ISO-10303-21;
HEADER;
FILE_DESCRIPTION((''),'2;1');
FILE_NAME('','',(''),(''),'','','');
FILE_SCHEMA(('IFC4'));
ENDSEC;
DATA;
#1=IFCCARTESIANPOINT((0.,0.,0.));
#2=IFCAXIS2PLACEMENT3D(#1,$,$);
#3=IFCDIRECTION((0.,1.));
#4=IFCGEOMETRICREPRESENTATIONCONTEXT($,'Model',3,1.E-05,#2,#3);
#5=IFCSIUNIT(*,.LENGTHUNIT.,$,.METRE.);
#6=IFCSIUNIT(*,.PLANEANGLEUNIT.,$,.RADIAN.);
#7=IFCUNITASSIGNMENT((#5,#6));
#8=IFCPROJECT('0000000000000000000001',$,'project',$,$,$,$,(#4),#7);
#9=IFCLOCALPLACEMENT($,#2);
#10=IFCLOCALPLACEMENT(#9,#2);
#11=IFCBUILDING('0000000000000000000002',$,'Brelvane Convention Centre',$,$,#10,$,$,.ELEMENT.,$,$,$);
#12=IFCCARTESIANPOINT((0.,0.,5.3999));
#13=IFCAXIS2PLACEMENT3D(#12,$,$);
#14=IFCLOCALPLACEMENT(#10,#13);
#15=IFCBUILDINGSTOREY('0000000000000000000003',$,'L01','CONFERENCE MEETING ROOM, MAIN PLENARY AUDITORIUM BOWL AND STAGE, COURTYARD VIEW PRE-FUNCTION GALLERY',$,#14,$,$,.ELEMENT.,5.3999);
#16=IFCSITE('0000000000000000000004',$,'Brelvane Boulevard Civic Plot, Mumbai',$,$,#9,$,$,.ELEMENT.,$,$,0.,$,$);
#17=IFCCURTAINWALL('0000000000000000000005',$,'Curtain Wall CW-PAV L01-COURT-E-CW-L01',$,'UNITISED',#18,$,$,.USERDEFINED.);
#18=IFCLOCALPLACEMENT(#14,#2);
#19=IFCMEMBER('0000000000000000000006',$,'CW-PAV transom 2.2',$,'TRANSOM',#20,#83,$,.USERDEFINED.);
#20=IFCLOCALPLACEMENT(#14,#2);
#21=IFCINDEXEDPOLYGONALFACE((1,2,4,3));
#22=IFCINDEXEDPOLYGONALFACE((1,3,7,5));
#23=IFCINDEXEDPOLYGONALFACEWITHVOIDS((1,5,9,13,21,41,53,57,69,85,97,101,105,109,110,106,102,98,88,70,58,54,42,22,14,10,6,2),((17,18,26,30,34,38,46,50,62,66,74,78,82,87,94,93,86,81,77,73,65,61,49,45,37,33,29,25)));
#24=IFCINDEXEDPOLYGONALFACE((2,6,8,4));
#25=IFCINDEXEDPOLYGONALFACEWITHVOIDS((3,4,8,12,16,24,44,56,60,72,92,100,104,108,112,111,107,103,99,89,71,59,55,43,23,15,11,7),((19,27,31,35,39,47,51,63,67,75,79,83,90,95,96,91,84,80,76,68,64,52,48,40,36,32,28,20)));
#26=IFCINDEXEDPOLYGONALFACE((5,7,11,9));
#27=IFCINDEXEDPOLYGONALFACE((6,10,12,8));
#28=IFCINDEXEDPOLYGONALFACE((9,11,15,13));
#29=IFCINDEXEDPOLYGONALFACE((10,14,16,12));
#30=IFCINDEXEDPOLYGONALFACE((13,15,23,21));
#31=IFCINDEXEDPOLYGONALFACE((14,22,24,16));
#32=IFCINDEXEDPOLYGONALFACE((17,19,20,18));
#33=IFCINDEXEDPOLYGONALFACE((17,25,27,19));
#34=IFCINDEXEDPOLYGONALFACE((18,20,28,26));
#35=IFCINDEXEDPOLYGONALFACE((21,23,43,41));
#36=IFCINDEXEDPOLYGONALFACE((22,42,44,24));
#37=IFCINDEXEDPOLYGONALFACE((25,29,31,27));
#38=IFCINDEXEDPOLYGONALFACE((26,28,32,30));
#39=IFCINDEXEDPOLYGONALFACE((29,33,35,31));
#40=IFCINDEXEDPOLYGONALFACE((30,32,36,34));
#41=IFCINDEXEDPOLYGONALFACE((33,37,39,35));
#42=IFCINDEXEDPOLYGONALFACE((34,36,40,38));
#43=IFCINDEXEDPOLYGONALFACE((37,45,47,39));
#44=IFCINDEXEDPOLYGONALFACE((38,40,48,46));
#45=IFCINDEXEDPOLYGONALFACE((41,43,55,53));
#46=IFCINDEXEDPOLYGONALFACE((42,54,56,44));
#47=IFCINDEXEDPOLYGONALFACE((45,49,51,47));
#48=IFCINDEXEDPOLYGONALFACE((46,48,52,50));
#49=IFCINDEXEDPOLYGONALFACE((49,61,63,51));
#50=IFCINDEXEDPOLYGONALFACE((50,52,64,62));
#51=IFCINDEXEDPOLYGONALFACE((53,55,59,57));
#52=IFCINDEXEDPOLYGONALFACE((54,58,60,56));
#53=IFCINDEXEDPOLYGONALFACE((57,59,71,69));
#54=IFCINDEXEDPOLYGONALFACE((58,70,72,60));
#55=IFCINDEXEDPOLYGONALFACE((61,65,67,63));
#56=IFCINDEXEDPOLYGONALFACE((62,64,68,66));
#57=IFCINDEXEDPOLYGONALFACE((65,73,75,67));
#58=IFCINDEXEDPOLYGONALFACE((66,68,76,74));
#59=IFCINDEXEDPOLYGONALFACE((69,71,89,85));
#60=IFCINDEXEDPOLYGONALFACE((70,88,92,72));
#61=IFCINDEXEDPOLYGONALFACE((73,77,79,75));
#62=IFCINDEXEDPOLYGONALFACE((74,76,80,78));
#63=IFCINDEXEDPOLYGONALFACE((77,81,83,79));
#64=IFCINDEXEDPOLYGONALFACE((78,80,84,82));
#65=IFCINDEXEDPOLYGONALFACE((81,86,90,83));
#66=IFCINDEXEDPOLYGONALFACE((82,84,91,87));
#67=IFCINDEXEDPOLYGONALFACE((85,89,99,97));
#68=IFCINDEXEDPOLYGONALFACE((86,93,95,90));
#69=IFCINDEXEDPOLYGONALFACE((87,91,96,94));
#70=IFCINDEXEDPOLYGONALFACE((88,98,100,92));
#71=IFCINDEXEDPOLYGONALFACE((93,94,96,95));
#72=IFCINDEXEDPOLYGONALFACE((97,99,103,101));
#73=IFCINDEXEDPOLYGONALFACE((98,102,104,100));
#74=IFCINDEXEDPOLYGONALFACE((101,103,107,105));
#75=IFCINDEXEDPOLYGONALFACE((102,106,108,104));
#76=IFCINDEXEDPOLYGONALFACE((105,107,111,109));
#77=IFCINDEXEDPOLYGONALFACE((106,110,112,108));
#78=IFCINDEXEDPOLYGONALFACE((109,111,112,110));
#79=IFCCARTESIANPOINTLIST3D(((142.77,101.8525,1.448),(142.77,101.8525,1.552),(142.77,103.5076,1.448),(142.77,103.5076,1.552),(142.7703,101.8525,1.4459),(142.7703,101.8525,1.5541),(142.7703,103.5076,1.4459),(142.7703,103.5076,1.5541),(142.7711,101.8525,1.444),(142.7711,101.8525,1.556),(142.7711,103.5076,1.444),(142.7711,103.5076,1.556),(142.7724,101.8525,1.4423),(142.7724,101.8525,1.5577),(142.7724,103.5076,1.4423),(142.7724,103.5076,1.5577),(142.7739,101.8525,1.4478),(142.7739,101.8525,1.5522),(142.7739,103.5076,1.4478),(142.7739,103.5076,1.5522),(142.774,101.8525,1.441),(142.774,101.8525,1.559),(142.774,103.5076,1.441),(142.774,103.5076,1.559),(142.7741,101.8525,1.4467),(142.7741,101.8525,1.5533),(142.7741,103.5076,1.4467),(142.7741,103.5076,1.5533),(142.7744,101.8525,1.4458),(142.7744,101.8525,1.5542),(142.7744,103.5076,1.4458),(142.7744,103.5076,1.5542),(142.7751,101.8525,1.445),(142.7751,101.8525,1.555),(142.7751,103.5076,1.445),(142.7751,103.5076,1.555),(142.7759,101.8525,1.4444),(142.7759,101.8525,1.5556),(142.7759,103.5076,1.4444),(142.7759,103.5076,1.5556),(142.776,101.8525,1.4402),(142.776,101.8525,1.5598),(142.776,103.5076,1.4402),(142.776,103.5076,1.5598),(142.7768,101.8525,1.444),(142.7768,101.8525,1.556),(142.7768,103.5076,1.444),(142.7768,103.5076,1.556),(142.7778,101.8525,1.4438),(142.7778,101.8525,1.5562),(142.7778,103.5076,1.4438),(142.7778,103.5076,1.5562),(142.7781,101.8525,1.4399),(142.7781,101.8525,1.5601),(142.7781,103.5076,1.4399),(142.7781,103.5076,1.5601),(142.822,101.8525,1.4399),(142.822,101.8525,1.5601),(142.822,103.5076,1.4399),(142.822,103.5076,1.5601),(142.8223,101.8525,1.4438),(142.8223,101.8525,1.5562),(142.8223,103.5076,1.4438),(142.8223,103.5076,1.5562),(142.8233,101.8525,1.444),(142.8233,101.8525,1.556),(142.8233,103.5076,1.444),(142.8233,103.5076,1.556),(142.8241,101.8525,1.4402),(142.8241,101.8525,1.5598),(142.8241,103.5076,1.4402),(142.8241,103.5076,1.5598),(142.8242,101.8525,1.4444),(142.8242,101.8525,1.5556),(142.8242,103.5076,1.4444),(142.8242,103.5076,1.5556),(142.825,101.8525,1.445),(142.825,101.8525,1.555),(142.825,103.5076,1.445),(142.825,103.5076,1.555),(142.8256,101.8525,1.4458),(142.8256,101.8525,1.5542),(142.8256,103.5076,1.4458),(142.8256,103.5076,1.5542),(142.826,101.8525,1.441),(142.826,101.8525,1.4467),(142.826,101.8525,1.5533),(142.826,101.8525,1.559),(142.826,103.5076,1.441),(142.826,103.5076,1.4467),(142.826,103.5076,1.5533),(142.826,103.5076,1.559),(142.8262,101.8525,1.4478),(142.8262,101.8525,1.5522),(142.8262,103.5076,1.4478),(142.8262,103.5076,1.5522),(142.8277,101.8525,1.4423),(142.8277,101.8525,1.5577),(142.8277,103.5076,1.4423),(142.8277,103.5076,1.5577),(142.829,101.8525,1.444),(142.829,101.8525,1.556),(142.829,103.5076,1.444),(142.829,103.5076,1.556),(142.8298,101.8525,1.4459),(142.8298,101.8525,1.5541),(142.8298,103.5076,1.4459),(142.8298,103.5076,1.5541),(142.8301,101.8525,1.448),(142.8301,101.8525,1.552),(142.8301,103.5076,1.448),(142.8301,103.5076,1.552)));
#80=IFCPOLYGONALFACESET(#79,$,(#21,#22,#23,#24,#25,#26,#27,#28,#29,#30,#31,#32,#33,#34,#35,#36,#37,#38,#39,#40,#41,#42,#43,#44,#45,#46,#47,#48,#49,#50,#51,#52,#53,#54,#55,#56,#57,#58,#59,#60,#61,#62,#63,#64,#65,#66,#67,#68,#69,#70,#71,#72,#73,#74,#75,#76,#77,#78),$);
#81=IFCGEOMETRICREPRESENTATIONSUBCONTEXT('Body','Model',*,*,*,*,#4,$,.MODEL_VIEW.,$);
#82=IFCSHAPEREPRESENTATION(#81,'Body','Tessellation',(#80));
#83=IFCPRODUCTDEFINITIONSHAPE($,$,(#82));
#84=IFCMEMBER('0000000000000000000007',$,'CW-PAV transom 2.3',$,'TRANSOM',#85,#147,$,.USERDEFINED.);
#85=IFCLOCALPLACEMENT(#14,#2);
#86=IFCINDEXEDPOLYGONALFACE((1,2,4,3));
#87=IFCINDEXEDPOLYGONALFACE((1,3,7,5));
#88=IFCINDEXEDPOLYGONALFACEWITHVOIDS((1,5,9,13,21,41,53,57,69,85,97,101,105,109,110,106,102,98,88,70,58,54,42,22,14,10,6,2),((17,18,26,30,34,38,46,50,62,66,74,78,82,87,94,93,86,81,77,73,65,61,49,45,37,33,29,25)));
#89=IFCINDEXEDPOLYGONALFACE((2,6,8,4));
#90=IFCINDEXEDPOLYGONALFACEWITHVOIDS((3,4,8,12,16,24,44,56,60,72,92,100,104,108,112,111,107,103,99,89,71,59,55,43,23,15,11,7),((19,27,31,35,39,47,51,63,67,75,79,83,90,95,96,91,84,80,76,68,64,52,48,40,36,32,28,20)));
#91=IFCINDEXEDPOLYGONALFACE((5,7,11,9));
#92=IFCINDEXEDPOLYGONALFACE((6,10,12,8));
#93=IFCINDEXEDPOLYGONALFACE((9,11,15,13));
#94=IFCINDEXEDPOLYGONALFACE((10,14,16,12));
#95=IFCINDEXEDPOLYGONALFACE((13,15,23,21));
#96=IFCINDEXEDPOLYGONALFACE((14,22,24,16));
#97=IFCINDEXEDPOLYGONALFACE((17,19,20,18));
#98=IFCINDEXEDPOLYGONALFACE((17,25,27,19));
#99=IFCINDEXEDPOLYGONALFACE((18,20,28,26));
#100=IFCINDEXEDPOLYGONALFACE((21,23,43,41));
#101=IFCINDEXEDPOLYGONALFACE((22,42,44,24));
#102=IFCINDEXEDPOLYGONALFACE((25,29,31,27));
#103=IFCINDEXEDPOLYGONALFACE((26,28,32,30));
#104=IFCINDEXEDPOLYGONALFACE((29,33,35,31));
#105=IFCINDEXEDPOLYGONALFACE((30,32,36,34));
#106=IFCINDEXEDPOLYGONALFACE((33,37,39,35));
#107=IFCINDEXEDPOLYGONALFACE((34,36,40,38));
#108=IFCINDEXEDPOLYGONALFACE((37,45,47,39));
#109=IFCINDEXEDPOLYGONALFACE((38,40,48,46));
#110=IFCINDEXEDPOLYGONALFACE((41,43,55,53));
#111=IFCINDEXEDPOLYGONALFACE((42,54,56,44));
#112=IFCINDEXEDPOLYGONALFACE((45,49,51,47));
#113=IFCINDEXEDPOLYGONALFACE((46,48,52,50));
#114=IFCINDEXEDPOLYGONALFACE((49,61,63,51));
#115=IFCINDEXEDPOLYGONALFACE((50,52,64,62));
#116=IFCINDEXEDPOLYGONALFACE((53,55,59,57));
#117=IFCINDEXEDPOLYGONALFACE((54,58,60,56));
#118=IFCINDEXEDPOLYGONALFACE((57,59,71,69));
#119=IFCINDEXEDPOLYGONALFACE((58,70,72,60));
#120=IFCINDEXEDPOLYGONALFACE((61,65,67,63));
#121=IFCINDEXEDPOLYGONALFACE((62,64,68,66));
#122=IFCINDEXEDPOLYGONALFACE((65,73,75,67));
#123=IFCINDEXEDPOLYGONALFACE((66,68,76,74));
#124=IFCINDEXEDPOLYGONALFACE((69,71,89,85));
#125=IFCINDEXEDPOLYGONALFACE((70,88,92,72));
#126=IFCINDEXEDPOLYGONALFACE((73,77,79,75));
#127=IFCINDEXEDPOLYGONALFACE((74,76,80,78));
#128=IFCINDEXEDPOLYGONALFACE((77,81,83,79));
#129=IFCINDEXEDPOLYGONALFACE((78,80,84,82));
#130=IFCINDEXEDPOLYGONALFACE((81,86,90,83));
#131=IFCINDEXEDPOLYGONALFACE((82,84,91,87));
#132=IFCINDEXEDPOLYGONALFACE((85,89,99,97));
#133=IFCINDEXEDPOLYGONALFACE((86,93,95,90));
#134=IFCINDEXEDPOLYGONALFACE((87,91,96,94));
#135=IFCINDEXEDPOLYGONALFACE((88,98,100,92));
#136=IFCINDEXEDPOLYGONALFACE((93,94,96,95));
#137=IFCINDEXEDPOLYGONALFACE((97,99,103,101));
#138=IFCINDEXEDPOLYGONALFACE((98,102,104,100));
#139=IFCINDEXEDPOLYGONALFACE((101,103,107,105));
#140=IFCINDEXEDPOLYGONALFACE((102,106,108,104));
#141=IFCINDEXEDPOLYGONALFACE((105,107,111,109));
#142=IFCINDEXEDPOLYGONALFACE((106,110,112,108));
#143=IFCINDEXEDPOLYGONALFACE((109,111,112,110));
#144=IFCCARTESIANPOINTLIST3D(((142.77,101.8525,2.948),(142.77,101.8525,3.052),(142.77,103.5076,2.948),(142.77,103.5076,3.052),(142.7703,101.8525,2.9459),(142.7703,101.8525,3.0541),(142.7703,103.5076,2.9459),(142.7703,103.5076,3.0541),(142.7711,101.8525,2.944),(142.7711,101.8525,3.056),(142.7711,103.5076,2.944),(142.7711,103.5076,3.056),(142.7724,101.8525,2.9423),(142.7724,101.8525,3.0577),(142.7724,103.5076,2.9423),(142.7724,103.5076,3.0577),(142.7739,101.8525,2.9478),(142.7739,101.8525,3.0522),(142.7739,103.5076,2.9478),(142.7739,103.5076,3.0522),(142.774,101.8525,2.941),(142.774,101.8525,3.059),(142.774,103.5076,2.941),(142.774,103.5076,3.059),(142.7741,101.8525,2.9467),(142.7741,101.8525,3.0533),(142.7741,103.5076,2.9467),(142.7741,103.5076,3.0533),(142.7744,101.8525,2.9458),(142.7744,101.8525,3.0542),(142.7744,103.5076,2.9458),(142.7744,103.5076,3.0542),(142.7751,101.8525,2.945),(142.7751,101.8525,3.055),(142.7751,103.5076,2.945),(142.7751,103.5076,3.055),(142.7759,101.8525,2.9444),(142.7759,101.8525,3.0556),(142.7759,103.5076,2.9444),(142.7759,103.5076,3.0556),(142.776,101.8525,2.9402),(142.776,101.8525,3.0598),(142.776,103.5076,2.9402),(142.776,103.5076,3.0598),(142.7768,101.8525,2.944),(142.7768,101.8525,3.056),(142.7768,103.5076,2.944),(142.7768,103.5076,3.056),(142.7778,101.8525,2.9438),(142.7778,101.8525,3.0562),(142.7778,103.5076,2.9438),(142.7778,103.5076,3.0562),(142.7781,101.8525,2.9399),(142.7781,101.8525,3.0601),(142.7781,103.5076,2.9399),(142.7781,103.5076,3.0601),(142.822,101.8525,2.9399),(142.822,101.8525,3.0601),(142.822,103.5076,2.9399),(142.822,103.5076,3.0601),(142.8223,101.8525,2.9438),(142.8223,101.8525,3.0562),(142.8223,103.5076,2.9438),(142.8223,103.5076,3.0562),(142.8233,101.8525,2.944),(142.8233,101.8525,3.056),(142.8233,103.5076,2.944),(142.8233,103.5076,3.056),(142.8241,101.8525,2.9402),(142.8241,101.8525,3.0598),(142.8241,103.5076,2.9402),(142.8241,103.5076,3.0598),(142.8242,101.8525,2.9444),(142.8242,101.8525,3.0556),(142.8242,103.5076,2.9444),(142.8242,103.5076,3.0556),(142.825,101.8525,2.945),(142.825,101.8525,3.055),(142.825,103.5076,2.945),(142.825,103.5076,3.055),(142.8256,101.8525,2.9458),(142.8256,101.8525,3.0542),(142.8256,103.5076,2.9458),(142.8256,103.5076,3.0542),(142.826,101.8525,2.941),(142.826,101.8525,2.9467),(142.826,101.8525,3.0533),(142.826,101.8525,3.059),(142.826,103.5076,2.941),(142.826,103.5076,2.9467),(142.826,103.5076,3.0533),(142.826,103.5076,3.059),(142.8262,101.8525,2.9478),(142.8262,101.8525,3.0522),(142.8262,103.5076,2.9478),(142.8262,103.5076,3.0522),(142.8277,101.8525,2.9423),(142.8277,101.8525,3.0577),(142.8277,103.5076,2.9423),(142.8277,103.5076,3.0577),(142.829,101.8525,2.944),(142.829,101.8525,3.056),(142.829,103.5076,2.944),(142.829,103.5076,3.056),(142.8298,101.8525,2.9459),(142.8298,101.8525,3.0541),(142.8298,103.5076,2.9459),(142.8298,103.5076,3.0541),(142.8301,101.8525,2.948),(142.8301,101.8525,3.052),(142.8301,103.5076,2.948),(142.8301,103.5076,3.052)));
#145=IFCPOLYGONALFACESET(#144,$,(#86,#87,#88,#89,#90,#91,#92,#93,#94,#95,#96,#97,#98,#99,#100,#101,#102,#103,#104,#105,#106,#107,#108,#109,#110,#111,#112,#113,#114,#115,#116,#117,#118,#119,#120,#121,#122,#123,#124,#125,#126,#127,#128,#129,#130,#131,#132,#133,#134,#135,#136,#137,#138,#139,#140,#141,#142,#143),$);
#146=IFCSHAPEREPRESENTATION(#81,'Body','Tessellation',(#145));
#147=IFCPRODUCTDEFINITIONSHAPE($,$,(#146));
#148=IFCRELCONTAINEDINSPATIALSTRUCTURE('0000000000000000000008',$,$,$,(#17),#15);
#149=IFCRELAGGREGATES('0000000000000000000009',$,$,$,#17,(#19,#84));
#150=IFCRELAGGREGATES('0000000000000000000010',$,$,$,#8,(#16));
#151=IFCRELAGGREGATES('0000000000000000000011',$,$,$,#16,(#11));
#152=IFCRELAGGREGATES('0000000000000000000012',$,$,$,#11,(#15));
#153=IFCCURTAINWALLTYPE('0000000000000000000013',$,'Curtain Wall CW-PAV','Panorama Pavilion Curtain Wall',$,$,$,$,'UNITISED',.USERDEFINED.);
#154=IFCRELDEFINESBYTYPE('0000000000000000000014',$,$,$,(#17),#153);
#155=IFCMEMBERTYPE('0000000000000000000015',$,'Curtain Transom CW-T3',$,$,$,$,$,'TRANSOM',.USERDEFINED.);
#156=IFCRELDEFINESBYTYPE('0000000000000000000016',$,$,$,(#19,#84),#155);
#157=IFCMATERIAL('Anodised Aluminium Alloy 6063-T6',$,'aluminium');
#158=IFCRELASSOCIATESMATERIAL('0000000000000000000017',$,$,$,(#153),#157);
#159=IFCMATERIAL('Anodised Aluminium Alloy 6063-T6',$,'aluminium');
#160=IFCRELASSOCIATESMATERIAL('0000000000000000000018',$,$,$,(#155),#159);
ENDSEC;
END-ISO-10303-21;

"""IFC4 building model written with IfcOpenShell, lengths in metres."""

from ifc_helpers import new_model, si_unit, direction, frame, origin, origin_2d, place, context, subcontext, project, spatial, hollow_rectangle, extrude, material, material_profile, profile_set, type_object, element, aggregate, save


model = new_model("IFC4")

# Units and contexts
model_context = context("Model", 3, precision=1e-05, world=origin(), true_north=direction((0.0, 1.0)))
body_context = subcontext(model_context, "Body", "Model", "MODEL_VIEW")
ifc_project = project(units=[si_unit("LENGTHUNIT", "METRE"), si_unit("PLANEANGLEUNIT", "RADIAN")], contexts=[model_context])

# Site, building, storey
site_placement = place(None, origin())
site = spatial("IfcSite", under=ifc_project, at=site_placement, Name="Brelvane Boulevard Civic Plot, Mumbai", CompositionType="ELEMENT", RefElevation=0.0)
building_placement = place(site_placement, origin())
building = spatial("IfcBuilding", under=site, at=building_placement, Name="Brelvane Convention Centre", CompositionType="ELEMENT")
storey_placement = place(building_placement, frame((0.0, 0.0, 5.3999)))
storey = spatial("IfcBuildingStorey", under=building, at=storey_placement, Name="L01", Description="CONFERENCE MEETING ROOM, MAIN PLENARY AUDITORIUM BOWL AND STAGE, COURTYARD VIEW PRE-FUNCTION GALLERY", CompositionType="ELEMENT", Elevation=5.3999)

# Curtain wall, members
ifc_material_1 = material(Name="Anodised Aluminium Alloy 6063-T6", Category="aluminium")
curtain_wall_type = type_object("IfcCurtainWallType", Name="Curtain Wall CW-PAV", Description="Panorama Pavilion Curtain Wall", ElementType="UNITISED", PredefinedType="USERDEFINED", material=ifc_material_1)
curtain_wall_placement = place(storey_placement, origin())
curtain_wall = element("IfcCurtainWall", 1, at=curtain_wall_placement, inside=storey, type_object=curtain_wall_type, Name="Curtain Wall CW-PAV L01-COURT-E-CW-L01", ObjectType="UNITISED", PredefinedType="USERDEFINED")
ifc_material_2 = material(Name="Anodised Aluminium Alloy 6063-T6", Category="aluminium")
ifc_material_profile_1 = material_profile(ifc_material_2, hollow_rectangle(XDim=0.0601, YDim=0.1201, WallThickness=0.0039, InnerFilletRadius=0.0039, OuterFilletRadius=0.0081, at=origin_2d()), Name="ALU-T 120x60x4.0")
ifc_profile_set_1 = profile_set([ifc_material_profile_1], Name="Anodised Aluminium Alloy 6063-T6")
member_type_1 = type_object("IfcMemberType", Name="Curtain Transom CW-T3", ElementType="TRANSOM", PredefinedType="USERDEFINED", material=ifc_profile_set_1)
member_1_placement = place(storey_placement, frame((142.8, 101.8525, 1.5), z_axis=(0.0, 1.0, 0.0), x_axis=(-1.0, 0.0, 0.0)))
member_1 = element("IfcMember", 2, at=member_1_placement, type_object=member_type_1, Name="CW-PAV transom 2.2", ObjectType="TRANSOM", PredefinedType="USERDEFINED", context=body_context, shape_type="SweptSolid", body=[
    extrude(hollow_rectangle(XDim=0.0601, YDim=0.1201, WallThickness=0.0039, InnerFilletRadius=0.0039, OuterFilletRadius=0.0081, at=origin_2d()), origin(), (0.0, 0.0, 1.0), 1.655),
])
member_2_placement = place(storey_placement, frame((142.8, 101.8525, 3.0), z_axis=(0.0, 1.0, 0.0), x_axis=(-1.0, 0.0, 0.0)))
member_2 = element("IfcMember", 3, at=member_2_placement, type_object=member_type_1, Name="CW-PAV transom 2.3", ObjectType="TRANSOM", PredefinedType="USERDEFINED", context=body_context, shape_type="SweptSolid", body=[
    extrude(hollow_rectangle(XDim=0.0601, YDim=0.1201, WallThickness=0.0039, InnerFilletRadius=0.0039, OuterFilletRadius=0.0081, at=origin_2d()), origin(), (0.0, 0.0, 1.0), 1.655),
])

aggregate(curtain_wall, [member_1, member_2])

save(model, "model.ifc")
